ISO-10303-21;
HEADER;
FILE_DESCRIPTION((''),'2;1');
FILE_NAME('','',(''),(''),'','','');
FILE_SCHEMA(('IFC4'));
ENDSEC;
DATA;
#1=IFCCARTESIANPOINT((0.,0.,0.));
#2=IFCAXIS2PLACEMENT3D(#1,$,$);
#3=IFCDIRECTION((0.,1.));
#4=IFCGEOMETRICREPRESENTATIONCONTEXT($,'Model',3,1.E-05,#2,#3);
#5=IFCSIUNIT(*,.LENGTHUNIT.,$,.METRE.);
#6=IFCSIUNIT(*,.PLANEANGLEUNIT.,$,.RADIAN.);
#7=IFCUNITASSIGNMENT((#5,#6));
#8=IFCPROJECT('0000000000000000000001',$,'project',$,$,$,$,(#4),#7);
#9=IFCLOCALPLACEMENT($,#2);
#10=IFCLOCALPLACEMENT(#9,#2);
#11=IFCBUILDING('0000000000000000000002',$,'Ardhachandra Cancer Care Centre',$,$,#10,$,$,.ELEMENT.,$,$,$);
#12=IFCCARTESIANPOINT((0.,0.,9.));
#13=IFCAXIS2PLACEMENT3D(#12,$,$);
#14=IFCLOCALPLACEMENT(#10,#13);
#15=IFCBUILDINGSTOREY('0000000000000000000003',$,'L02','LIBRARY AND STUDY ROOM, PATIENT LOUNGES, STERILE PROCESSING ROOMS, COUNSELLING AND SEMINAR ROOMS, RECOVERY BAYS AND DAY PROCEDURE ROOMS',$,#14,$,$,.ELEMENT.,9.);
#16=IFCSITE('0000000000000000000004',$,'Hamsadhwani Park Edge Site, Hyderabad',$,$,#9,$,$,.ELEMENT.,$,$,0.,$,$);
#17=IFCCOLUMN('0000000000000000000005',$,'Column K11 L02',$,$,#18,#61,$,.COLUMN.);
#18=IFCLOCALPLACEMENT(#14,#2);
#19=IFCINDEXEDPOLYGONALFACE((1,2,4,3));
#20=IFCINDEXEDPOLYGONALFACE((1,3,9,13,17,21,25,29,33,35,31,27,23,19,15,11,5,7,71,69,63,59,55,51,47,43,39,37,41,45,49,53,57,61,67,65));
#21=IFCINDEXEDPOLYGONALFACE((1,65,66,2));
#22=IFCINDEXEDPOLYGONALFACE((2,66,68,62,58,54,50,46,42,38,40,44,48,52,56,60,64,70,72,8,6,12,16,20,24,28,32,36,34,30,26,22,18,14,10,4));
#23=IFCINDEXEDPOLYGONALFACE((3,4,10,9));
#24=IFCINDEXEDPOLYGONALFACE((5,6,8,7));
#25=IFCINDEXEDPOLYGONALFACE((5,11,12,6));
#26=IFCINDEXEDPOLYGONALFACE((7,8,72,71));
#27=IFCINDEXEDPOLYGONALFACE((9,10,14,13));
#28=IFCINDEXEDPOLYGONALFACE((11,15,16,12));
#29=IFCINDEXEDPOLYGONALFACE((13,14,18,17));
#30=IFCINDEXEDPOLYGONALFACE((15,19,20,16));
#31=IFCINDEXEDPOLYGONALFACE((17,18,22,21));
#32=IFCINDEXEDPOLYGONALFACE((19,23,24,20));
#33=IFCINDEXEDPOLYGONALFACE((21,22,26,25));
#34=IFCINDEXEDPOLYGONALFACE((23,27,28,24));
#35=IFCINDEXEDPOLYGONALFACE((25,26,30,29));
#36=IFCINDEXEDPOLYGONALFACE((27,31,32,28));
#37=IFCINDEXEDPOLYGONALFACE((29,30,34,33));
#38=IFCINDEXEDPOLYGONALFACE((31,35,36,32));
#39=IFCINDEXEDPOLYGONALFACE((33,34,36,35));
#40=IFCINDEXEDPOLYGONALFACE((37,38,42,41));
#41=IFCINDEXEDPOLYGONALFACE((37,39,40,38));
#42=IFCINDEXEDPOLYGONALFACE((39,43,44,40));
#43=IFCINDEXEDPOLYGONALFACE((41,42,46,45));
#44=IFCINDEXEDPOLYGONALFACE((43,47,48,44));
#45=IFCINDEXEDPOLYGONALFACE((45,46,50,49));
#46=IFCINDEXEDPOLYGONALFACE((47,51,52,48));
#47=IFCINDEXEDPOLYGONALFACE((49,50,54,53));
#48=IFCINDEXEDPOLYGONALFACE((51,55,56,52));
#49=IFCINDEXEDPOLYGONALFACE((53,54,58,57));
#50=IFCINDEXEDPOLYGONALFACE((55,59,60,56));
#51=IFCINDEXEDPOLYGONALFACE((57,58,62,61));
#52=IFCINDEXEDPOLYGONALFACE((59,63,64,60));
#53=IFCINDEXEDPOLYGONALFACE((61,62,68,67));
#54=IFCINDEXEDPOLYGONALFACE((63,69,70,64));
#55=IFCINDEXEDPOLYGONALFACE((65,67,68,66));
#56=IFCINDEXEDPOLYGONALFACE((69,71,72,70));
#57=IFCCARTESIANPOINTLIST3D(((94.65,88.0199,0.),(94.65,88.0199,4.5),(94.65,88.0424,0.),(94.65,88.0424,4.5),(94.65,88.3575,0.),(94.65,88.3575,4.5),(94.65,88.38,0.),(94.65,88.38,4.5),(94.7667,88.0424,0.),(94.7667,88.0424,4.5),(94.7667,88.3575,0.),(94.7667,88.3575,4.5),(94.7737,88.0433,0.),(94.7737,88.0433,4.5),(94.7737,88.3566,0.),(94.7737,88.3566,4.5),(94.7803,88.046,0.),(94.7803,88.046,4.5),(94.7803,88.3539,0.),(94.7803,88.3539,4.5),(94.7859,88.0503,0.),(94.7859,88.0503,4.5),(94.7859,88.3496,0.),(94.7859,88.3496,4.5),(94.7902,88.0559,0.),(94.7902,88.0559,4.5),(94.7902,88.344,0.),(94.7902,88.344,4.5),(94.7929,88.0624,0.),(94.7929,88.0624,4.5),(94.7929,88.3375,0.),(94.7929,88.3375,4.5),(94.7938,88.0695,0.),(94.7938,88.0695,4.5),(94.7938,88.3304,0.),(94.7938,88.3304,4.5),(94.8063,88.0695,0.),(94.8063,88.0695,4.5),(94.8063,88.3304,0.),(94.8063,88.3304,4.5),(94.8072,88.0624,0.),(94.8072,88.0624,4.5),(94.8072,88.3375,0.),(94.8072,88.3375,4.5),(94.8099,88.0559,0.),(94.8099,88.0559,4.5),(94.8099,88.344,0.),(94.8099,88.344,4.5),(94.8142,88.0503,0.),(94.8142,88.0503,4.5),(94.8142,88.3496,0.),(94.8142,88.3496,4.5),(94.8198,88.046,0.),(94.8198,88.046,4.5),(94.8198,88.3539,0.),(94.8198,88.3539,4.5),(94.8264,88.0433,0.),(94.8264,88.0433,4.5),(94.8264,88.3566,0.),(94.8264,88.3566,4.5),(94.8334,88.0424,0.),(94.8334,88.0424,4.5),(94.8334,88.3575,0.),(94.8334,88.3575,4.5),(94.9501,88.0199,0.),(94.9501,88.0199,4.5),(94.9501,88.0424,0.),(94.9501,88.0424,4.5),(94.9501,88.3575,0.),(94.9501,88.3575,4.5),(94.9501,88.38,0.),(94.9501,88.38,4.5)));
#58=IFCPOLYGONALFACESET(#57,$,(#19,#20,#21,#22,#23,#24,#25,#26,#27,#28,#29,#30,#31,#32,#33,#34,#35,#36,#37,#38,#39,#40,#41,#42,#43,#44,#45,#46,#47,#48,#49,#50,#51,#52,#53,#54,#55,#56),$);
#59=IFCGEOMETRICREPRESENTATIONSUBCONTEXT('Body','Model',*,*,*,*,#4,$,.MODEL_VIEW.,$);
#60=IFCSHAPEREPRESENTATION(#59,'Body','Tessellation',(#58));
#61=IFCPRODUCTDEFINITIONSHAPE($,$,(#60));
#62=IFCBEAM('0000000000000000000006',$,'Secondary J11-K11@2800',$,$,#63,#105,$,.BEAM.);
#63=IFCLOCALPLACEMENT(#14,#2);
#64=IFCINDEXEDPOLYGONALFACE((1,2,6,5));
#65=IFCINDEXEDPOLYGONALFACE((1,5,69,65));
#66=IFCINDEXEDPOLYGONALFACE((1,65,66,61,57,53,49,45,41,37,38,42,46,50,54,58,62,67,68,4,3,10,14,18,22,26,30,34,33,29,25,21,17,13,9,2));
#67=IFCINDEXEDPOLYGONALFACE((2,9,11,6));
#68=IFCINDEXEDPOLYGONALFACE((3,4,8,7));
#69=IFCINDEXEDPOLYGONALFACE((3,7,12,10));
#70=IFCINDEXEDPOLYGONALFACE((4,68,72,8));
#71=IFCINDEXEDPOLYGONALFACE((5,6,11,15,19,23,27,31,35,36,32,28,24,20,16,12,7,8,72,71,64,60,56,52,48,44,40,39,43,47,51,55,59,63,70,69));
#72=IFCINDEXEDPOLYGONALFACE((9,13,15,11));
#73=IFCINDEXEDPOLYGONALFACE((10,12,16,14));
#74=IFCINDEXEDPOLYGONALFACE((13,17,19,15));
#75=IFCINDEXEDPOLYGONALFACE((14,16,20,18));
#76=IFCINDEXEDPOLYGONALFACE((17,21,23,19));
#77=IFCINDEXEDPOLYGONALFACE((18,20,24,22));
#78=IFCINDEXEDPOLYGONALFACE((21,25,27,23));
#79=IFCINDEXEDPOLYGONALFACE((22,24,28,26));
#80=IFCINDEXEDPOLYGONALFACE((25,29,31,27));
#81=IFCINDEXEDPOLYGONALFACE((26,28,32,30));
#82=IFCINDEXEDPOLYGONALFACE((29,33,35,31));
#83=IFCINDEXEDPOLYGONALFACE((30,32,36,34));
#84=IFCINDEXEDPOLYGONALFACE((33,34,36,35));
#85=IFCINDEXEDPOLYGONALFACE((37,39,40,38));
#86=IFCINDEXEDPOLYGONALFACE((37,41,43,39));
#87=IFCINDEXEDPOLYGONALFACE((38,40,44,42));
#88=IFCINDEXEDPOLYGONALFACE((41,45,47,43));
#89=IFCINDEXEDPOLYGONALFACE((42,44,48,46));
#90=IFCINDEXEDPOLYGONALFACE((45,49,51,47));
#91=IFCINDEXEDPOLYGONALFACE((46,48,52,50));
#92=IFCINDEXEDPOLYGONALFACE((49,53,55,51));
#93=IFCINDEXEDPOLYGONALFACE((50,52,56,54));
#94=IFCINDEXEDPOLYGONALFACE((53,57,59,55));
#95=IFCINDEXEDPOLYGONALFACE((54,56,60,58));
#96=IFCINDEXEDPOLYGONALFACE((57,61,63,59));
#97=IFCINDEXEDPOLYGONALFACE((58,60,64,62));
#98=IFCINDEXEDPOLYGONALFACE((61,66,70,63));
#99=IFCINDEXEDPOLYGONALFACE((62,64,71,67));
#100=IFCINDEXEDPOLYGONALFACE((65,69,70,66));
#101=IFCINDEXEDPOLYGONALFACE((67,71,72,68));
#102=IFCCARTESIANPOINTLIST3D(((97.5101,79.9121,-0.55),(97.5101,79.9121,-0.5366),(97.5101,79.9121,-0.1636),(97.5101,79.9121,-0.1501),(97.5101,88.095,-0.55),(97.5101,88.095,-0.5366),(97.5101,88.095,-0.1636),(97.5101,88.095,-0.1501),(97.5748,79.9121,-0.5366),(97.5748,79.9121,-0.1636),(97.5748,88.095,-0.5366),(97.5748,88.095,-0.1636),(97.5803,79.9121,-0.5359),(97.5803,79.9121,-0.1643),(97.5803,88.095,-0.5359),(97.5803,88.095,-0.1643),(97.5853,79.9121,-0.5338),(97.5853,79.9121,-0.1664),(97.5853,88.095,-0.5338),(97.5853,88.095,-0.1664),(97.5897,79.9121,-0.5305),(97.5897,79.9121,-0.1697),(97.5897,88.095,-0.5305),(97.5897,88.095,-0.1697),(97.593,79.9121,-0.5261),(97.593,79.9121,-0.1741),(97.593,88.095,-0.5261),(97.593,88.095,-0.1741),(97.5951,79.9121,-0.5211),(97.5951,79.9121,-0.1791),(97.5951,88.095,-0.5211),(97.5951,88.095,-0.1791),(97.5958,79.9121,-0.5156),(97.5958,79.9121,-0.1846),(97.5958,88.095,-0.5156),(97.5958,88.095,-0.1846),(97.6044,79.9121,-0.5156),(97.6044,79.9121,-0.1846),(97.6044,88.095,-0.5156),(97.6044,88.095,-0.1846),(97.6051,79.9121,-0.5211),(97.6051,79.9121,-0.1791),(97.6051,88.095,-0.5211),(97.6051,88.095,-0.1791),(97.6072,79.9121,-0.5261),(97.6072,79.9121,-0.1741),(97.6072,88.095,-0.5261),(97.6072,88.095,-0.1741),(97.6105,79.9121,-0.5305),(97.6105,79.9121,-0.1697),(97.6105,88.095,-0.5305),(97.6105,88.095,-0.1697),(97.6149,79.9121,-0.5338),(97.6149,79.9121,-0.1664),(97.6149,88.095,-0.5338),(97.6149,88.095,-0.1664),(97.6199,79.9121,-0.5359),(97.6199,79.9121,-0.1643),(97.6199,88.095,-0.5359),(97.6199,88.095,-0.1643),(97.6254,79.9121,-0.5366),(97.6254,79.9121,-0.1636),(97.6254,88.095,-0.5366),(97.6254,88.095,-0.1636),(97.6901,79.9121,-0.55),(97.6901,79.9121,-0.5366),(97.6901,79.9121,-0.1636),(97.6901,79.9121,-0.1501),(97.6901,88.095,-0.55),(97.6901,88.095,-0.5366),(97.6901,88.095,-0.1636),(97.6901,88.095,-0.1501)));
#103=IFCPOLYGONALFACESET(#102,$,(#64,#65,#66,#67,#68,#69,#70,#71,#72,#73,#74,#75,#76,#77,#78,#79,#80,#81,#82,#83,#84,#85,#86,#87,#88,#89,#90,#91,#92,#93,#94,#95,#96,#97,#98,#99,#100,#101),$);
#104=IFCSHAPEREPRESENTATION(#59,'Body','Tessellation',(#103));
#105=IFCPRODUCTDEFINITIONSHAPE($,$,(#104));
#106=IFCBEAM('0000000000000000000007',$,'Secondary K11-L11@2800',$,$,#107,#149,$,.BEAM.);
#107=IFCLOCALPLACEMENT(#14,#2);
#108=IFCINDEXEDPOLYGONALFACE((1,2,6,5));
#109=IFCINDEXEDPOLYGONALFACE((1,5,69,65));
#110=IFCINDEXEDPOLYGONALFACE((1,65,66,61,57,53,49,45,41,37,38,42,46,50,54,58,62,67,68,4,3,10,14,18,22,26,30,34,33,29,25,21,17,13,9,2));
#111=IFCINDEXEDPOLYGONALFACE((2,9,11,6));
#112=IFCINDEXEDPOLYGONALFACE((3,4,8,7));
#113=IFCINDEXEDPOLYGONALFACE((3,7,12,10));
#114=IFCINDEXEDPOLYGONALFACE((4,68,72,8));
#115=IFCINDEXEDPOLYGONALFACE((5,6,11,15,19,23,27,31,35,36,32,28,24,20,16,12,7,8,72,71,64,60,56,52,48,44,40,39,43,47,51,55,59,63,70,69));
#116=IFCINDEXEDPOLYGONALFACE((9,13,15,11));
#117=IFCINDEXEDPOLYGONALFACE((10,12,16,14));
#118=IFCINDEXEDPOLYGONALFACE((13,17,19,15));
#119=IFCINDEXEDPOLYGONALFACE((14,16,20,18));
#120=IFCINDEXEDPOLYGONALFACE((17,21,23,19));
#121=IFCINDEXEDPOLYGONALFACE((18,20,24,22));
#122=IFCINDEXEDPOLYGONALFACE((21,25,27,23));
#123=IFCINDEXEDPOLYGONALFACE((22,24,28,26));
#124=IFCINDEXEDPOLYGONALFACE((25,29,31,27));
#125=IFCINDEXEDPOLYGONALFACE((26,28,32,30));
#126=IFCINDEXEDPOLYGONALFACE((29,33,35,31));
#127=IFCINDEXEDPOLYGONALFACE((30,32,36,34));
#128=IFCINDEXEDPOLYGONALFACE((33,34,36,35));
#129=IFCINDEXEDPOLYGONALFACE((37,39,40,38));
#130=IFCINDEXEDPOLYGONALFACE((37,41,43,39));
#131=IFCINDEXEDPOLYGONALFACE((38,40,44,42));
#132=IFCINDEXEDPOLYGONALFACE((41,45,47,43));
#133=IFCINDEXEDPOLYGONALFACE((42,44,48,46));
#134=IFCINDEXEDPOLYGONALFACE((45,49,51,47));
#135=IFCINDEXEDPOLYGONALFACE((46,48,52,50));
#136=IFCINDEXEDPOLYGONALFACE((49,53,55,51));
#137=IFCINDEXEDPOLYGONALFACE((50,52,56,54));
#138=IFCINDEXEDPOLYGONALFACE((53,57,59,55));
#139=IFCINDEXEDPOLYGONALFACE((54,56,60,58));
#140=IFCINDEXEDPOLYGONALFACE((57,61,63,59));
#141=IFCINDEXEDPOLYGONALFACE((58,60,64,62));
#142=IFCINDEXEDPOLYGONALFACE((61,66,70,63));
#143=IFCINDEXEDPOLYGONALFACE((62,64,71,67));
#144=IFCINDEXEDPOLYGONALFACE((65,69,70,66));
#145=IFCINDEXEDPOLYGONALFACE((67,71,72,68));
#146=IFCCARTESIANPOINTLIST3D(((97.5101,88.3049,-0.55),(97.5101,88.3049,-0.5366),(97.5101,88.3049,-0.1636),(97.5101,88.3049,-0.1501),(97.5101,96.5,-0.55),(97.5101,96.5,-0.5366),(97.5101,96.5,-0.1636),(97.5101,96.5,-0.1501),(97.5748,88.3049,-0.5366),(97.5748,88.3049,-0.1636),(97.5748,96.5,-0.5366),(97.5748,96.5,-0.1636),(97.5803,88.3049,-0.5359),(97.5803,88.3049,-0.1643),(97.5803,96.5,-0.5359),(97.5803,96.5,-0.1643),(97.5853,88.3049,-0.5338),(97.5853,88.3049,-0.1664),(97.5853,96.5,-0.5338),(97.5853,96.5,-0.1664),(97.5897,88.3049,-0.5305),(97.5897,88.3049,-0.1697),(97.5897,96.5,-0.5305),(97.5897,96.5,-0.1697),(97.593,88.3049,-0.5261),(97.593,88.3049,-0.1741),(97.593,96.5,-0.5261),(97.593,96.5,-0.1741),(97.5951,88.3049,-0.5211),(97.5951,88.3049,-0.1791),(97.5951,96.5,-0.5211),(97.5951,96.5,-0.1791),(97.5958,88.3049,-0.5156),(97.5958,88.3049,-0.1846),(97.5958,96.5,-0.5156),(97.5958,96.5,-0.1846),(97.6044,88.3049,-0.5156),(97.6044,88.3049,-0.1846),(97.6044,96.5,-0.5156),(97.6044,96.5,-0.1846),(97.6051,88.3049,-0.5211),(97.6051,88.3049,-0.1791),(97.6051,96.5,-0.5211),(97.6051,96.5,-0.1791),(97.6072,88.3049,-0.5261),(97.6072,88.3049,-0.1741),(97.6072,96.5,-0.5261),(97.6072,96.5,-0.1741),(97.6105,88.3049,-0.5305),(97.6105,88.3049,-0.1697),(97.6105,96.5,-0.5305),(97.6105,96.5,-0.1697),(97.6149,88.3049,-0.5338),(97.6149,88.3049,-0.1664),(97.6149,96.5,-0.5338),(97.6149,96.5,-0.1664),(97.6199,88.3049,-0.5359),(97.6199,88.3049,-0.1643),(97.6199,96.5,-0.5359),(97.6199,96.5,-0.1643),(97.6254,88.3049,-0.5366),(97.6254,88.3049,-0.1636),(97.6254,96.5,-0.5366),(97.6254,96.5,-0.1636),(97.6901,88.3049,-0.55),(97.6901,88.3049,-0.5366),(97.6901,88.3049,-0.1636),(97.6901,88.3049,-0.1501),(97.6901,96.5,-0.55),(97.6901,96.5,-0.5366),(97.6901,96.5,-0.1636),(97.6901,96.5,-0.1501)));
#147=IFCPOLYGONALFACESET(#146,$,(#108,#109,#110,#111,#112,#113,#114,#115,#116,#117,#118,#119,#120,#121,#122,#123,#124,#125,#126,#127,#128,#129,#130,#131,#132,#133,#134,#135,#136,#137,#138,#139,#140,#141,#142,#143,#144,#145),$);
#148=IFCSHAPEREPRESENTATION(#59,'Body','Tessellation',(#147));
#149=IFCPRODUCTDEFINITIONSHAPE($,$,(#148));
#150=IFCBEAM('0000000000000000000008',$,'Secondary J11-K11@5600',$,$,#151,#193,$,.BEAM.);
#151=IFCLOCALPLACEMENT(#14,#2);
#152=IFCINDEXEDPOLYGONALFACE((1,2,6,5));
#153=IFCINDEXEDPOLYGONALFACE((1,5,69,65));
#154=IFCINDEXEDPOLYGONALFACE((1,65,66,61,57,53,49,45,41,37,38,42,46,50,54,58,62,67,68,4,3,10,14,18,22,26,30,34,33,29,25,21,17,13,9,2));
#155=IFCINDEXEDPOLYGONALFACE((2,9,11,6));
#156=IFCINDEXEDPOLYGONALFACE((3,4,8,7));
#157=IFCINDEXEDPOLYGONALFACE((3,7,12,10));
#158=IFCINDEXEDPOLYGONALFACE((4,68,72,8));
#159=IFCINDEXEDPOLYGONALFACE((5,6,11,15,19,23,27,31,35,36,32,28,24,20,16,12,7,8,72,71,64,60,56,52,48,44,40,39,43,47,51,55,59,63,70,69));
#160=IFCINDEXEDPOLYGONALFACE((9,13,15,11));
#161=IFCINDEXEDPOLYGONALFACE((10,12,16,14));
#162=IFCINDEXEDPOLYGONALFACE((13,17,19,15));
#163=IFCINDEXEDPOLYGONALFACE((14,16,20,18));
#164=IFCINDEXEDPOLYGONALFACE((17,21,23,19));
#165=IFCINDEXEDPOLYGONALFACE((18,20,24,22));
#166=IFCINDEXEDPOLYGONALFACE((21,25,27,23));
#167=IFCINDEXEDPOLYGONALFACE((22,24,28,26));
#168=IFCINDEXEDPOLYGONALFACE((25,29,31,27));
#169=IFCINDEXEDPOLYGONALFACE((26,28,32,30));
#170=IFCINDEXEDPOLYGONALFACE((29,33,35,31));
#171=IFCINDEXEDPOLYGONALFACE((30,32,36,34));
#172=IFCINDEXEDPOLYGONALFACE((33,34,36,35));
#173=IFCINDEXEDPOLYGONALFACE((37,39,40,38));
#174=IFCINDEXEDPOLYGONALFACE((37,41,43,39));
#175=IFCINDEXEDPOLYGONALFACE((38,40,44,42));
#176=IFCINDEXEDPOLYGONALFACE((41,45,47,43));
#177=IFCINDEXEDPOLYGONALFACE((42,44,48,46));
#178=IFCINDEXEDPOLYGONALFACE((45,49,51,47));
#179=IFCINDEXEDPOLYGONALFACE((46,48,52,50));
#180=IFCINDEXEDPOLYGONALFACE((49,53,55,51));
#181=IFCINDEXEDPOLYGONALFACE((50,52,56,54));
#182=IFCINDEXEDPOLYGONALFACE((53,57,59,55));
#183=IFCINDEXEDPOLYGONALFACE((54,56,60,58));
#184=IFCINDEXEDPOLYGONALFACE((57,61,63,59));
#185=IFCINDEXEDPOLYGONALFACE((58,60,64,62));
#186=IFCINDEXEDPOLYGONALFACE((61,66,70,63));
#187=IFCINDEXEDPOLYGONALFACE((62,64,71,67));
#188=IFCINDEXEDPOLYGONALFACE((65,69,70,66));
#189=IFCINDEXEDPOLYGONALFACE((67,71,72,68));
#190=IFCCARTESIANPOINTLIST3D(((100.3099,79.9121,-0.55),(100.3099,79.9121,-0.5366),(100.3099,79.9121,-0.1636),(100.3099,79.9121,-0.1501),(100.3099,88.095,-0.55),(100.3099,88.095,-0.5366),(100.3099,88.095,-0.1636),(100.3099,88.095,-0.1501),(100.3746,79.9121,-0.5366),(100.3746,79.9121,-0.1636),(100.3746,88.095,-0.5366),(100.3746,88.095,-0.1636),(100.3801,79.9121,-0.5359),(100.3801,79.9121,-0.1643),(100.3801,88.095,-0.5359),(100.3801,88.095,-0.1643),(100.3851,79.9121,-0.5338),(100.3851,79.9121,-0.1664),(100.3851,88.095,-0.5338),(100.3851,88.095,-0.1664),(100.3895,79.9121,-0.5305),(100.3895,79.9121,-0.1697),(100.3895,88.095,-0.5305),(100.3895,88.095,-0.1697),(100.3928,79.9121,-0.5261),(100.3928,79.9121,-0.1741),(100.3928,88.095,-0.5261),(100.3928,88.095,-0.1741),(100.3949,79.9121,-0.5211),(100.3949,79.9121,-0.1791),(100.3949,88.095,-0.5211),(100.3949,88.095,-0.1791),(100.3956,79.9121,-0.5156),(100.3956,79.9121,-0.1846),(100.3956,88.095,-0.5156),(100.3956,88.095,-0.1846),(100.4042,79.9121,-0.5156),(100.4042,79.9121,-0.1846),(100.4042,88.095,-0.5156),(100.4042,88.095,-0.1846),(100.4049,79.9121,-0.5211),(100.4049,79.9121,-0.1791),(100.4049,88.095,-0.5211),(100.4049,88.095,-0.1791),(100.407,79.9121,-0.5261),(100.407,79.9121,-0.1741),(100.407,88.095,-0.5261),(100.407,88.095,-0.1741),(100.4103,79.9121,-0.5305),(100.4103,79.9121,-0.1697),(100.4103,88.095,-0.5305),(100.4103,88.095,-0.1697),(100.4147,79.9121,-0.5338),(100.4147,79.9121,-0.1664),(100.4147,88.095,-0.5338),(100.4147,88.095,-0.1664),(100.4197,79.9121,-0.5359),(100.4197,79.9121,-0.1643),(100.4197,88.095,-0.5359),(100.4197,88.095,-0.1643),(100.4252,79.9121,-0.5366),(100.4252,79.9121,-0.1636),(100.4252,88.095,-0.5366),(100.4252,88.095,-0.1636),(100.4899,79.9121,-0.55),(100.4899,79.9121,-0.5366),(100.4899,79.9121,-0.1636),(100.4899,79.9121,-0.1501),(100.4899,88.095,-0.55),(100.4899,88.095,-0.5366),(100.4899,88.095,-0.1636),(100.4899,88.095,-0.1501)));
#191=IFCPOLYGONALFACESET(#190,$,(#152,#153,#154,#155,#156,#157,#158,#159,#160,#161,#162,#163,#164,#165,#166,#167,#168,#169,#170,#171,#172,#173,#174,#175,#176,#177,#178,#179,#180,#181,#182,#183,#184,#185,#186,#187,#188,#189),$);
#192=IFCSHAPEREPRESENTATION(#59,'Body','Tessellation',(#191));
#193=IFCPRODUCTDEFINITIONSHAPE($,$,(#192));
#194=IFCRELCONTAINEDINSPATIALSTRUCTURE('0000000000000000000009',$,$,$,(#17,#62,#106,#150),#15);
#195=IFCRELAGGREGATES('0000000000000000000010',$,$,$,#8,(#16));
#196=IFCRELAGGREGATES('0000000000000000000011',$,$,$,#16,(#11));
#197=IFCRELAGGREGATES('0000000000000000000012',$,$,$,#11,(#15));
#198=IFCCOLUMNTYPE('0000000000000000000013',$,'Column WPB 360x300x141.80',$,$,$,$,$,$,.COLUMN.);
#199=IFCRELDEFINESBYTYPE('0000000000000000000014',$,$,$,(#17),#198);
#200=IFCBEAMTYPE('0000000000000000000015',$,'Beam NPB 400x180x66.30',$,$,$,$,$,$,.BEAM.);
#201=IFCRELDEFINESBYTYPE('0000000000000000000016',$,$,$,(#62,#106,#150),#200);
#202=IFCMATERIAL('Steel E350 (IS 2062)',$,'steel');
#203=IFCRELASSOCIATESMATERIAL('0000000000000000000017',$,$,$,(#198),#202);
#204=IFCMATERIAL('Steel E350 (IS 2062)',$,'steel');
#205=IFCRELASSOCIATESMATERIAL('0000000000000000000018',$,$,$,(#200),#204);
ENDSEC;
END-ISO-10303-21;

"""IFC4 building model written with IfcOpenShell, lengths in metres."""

from ifc_helpers import new_model, si_unit, direction, frame, origin, origin_2d, place, context, subcontext, project, spatial, i_section, extrude, material, material_profile, profile_set, type_object, element, save


model = new_model("IFC4")

# Units and contexts
model_context = context("Model", 3, precision=1e-05, world=origin(), true_north=direction((0.0, 1.0)))
body_context = subcontext(model_context, "Body", "Model", "MODEL_VIEW")
ifc_project = project(units=[si_unit("LENGTHUNIT", "METRE"), si_unit("PLANEANGLEUNIT", "RADIAN")], contexts=[model_context])

# Site, building, storey
site_placement = place(None, origin())
site = spatial("IfcSite", under=ifc_project, at=site_placement, Name="Hamsadhwani Park Edge Site, Hyderabad", CompositionType="ELEMENT", RefElevation=0.0)
building_placement = place(site_placement, origin())
building = spatial("IfcBuilding", under=site, at=building_placement, Name="Ardhachandra Cancer Care Centre", CompositionType="ELEMENT")
storey_placement = place(building_placement, frame((0.0, 0.0, 9.0)))
storey = spatial("IfcBuildingStorey", under=building, at=storey_placement, Name="L02", Description="LIBRARY AND STUDY ROOM, PATIENT LOUNGES, STERILE PROCESSING ROOMS, COUNSELLING AND SEMINAR ROOMS, RECOVERY BAYS AND DAY PROCEDURE ROOMS", CompositionType="ELEMENT", Elevation=9.0)

# Column
ifc_material_1 = material(Name="Steel E350 (IS 2062)", Category="steel")
ifc_material_profile_1 = material_profile(ifc_material_1, i_section(OverallWidth=0.3, OverallDepth=0.3601, WebThickness=0.0125, FlangeThickness=0.0225, FilletRadius=0.0271, at=origin_2d()), Name="WPB 360x300x141.80")
ifc_profile_set_1 = profile_set([ifc_material_profile_1], Name="Steel E350 (IS 2062)")
column_type = type_object("IfcColumnType", Name="Column WPB 360x300x141.80", PredefinedType="COLUMN", material=ifc_profile_set_1)
column_placement = place(storey_placement, frame((94.8, 88.2, 0.0), z_axis=(0.0, 0.0, 1.0), x_axis=(1.0, 0.0, 0.0)))
element("IfcColumn", 1, at=column_placement, inside=storey, type_object=column_type, Name="Column K11 L02", PredefinedType="COLUMN", context=body_context, shape_type="SweptSolid", body=[
    extrude(i_section(OverallWidth=0.3, OverallDepth=0.3601, WebThickness=0.0125, FlangeThickness=0.0225, FilletRadius=0.0271, at=origin_2d()), origin(), (0.0, 0.0, 1.0), 4.5),
])

# Beams
ifc_material_2 = material(Name="Steel E350 (IS 2062)", Category="steel")
ifc_material_profile_2 = material_profile(ifc_material_2, i_section(OverallWidth=0.1799, OverallDepth=0.3999, WebThickness=0.0085, FlangeThickness=0.0134, FilletRadius=0.021, at=origin_2d()), Name="NPB 400x180x66.30")
ifc_profile_set_2 = profile_set([ifc_material_profile_2], Name="Steel E350 (IS 2062)")
beam_type_1 = type_object("IfcBeamType", Name="Beam NPB 400x180x66.30", PredefinedType="BEAM", material=ifc_profile_set_2)
beam_1_placement = place(storey_placement, frame((97.6001, 79.9121, -0.3501), z_axis=(0.0, 1.0, 0.0), x_axis=(-1.0, 0.0, 0.0)))
element("IfcBeam", 2, at=beam_1_placement, inside=storey, type_object=beam_type_1, Name="Secondary J11-K11@2800", PredefinedType="BEAM", context=body_context, shape_type="SweptSolid", body=[
    extrude(i_section(OverallWidth=0.1799, OverallDepth=0.3999, WebThickness=0.0085, FlangeThickness=0.0134, FilletRadius=0.021, at=origin_2d()), origin(), (0.0, 0.0, 1.0), 8.1829),
])
beam_2_placement = place(storey_placement, frame((97.6001, 88.3049, -0.3501), z_axis=(0.0, 1.0, 0.0), x_axis=(-1.0, 0.0, 0.0)))
element("IfcBeam", 3, at=beam_2_placement, inside=storey, type_object=beam_type_1, Name="Secondary K11-L11@2800", PredefinedType="BEAM", context=body_context, shape_type="SweptSolid", body=[
    extrude(i_section(OverallWidth=0.1799, OverallDepth=0.3999, WebThickness=0.0085, FlangeThickness=0.0134, FilletRadius=0.021, at=origin_2d()), origin(), (0.0, 0.0, 1.0), 8.1951),
])
beam_3_placement = place(storey_placement, frame((100.3999, 79.9121, -0.3501), z_axis=(0.0, 1.0, 0.0), x_axis=(-1.0, 0.0, 0.0)))
element("IfcBeam", 4, at=beam_3_placement, inside=storey, type_object=beam_type_1, Name="Secondary J11-K11@5600", PredefinedType="BEAM", context=body_context, shape_type="SweptSolid", body=[
    extrude(i_section(OverallWidth=0.1799, OverallDepth=0.3999, WebThickness=0.0085, FlangeThickness=0.0134, FilletRadius=0.021, at=origin_2d()), origin(), (0.0, 0.0, 1.0), 8.1829),
])

save(model, "model.ifc")
